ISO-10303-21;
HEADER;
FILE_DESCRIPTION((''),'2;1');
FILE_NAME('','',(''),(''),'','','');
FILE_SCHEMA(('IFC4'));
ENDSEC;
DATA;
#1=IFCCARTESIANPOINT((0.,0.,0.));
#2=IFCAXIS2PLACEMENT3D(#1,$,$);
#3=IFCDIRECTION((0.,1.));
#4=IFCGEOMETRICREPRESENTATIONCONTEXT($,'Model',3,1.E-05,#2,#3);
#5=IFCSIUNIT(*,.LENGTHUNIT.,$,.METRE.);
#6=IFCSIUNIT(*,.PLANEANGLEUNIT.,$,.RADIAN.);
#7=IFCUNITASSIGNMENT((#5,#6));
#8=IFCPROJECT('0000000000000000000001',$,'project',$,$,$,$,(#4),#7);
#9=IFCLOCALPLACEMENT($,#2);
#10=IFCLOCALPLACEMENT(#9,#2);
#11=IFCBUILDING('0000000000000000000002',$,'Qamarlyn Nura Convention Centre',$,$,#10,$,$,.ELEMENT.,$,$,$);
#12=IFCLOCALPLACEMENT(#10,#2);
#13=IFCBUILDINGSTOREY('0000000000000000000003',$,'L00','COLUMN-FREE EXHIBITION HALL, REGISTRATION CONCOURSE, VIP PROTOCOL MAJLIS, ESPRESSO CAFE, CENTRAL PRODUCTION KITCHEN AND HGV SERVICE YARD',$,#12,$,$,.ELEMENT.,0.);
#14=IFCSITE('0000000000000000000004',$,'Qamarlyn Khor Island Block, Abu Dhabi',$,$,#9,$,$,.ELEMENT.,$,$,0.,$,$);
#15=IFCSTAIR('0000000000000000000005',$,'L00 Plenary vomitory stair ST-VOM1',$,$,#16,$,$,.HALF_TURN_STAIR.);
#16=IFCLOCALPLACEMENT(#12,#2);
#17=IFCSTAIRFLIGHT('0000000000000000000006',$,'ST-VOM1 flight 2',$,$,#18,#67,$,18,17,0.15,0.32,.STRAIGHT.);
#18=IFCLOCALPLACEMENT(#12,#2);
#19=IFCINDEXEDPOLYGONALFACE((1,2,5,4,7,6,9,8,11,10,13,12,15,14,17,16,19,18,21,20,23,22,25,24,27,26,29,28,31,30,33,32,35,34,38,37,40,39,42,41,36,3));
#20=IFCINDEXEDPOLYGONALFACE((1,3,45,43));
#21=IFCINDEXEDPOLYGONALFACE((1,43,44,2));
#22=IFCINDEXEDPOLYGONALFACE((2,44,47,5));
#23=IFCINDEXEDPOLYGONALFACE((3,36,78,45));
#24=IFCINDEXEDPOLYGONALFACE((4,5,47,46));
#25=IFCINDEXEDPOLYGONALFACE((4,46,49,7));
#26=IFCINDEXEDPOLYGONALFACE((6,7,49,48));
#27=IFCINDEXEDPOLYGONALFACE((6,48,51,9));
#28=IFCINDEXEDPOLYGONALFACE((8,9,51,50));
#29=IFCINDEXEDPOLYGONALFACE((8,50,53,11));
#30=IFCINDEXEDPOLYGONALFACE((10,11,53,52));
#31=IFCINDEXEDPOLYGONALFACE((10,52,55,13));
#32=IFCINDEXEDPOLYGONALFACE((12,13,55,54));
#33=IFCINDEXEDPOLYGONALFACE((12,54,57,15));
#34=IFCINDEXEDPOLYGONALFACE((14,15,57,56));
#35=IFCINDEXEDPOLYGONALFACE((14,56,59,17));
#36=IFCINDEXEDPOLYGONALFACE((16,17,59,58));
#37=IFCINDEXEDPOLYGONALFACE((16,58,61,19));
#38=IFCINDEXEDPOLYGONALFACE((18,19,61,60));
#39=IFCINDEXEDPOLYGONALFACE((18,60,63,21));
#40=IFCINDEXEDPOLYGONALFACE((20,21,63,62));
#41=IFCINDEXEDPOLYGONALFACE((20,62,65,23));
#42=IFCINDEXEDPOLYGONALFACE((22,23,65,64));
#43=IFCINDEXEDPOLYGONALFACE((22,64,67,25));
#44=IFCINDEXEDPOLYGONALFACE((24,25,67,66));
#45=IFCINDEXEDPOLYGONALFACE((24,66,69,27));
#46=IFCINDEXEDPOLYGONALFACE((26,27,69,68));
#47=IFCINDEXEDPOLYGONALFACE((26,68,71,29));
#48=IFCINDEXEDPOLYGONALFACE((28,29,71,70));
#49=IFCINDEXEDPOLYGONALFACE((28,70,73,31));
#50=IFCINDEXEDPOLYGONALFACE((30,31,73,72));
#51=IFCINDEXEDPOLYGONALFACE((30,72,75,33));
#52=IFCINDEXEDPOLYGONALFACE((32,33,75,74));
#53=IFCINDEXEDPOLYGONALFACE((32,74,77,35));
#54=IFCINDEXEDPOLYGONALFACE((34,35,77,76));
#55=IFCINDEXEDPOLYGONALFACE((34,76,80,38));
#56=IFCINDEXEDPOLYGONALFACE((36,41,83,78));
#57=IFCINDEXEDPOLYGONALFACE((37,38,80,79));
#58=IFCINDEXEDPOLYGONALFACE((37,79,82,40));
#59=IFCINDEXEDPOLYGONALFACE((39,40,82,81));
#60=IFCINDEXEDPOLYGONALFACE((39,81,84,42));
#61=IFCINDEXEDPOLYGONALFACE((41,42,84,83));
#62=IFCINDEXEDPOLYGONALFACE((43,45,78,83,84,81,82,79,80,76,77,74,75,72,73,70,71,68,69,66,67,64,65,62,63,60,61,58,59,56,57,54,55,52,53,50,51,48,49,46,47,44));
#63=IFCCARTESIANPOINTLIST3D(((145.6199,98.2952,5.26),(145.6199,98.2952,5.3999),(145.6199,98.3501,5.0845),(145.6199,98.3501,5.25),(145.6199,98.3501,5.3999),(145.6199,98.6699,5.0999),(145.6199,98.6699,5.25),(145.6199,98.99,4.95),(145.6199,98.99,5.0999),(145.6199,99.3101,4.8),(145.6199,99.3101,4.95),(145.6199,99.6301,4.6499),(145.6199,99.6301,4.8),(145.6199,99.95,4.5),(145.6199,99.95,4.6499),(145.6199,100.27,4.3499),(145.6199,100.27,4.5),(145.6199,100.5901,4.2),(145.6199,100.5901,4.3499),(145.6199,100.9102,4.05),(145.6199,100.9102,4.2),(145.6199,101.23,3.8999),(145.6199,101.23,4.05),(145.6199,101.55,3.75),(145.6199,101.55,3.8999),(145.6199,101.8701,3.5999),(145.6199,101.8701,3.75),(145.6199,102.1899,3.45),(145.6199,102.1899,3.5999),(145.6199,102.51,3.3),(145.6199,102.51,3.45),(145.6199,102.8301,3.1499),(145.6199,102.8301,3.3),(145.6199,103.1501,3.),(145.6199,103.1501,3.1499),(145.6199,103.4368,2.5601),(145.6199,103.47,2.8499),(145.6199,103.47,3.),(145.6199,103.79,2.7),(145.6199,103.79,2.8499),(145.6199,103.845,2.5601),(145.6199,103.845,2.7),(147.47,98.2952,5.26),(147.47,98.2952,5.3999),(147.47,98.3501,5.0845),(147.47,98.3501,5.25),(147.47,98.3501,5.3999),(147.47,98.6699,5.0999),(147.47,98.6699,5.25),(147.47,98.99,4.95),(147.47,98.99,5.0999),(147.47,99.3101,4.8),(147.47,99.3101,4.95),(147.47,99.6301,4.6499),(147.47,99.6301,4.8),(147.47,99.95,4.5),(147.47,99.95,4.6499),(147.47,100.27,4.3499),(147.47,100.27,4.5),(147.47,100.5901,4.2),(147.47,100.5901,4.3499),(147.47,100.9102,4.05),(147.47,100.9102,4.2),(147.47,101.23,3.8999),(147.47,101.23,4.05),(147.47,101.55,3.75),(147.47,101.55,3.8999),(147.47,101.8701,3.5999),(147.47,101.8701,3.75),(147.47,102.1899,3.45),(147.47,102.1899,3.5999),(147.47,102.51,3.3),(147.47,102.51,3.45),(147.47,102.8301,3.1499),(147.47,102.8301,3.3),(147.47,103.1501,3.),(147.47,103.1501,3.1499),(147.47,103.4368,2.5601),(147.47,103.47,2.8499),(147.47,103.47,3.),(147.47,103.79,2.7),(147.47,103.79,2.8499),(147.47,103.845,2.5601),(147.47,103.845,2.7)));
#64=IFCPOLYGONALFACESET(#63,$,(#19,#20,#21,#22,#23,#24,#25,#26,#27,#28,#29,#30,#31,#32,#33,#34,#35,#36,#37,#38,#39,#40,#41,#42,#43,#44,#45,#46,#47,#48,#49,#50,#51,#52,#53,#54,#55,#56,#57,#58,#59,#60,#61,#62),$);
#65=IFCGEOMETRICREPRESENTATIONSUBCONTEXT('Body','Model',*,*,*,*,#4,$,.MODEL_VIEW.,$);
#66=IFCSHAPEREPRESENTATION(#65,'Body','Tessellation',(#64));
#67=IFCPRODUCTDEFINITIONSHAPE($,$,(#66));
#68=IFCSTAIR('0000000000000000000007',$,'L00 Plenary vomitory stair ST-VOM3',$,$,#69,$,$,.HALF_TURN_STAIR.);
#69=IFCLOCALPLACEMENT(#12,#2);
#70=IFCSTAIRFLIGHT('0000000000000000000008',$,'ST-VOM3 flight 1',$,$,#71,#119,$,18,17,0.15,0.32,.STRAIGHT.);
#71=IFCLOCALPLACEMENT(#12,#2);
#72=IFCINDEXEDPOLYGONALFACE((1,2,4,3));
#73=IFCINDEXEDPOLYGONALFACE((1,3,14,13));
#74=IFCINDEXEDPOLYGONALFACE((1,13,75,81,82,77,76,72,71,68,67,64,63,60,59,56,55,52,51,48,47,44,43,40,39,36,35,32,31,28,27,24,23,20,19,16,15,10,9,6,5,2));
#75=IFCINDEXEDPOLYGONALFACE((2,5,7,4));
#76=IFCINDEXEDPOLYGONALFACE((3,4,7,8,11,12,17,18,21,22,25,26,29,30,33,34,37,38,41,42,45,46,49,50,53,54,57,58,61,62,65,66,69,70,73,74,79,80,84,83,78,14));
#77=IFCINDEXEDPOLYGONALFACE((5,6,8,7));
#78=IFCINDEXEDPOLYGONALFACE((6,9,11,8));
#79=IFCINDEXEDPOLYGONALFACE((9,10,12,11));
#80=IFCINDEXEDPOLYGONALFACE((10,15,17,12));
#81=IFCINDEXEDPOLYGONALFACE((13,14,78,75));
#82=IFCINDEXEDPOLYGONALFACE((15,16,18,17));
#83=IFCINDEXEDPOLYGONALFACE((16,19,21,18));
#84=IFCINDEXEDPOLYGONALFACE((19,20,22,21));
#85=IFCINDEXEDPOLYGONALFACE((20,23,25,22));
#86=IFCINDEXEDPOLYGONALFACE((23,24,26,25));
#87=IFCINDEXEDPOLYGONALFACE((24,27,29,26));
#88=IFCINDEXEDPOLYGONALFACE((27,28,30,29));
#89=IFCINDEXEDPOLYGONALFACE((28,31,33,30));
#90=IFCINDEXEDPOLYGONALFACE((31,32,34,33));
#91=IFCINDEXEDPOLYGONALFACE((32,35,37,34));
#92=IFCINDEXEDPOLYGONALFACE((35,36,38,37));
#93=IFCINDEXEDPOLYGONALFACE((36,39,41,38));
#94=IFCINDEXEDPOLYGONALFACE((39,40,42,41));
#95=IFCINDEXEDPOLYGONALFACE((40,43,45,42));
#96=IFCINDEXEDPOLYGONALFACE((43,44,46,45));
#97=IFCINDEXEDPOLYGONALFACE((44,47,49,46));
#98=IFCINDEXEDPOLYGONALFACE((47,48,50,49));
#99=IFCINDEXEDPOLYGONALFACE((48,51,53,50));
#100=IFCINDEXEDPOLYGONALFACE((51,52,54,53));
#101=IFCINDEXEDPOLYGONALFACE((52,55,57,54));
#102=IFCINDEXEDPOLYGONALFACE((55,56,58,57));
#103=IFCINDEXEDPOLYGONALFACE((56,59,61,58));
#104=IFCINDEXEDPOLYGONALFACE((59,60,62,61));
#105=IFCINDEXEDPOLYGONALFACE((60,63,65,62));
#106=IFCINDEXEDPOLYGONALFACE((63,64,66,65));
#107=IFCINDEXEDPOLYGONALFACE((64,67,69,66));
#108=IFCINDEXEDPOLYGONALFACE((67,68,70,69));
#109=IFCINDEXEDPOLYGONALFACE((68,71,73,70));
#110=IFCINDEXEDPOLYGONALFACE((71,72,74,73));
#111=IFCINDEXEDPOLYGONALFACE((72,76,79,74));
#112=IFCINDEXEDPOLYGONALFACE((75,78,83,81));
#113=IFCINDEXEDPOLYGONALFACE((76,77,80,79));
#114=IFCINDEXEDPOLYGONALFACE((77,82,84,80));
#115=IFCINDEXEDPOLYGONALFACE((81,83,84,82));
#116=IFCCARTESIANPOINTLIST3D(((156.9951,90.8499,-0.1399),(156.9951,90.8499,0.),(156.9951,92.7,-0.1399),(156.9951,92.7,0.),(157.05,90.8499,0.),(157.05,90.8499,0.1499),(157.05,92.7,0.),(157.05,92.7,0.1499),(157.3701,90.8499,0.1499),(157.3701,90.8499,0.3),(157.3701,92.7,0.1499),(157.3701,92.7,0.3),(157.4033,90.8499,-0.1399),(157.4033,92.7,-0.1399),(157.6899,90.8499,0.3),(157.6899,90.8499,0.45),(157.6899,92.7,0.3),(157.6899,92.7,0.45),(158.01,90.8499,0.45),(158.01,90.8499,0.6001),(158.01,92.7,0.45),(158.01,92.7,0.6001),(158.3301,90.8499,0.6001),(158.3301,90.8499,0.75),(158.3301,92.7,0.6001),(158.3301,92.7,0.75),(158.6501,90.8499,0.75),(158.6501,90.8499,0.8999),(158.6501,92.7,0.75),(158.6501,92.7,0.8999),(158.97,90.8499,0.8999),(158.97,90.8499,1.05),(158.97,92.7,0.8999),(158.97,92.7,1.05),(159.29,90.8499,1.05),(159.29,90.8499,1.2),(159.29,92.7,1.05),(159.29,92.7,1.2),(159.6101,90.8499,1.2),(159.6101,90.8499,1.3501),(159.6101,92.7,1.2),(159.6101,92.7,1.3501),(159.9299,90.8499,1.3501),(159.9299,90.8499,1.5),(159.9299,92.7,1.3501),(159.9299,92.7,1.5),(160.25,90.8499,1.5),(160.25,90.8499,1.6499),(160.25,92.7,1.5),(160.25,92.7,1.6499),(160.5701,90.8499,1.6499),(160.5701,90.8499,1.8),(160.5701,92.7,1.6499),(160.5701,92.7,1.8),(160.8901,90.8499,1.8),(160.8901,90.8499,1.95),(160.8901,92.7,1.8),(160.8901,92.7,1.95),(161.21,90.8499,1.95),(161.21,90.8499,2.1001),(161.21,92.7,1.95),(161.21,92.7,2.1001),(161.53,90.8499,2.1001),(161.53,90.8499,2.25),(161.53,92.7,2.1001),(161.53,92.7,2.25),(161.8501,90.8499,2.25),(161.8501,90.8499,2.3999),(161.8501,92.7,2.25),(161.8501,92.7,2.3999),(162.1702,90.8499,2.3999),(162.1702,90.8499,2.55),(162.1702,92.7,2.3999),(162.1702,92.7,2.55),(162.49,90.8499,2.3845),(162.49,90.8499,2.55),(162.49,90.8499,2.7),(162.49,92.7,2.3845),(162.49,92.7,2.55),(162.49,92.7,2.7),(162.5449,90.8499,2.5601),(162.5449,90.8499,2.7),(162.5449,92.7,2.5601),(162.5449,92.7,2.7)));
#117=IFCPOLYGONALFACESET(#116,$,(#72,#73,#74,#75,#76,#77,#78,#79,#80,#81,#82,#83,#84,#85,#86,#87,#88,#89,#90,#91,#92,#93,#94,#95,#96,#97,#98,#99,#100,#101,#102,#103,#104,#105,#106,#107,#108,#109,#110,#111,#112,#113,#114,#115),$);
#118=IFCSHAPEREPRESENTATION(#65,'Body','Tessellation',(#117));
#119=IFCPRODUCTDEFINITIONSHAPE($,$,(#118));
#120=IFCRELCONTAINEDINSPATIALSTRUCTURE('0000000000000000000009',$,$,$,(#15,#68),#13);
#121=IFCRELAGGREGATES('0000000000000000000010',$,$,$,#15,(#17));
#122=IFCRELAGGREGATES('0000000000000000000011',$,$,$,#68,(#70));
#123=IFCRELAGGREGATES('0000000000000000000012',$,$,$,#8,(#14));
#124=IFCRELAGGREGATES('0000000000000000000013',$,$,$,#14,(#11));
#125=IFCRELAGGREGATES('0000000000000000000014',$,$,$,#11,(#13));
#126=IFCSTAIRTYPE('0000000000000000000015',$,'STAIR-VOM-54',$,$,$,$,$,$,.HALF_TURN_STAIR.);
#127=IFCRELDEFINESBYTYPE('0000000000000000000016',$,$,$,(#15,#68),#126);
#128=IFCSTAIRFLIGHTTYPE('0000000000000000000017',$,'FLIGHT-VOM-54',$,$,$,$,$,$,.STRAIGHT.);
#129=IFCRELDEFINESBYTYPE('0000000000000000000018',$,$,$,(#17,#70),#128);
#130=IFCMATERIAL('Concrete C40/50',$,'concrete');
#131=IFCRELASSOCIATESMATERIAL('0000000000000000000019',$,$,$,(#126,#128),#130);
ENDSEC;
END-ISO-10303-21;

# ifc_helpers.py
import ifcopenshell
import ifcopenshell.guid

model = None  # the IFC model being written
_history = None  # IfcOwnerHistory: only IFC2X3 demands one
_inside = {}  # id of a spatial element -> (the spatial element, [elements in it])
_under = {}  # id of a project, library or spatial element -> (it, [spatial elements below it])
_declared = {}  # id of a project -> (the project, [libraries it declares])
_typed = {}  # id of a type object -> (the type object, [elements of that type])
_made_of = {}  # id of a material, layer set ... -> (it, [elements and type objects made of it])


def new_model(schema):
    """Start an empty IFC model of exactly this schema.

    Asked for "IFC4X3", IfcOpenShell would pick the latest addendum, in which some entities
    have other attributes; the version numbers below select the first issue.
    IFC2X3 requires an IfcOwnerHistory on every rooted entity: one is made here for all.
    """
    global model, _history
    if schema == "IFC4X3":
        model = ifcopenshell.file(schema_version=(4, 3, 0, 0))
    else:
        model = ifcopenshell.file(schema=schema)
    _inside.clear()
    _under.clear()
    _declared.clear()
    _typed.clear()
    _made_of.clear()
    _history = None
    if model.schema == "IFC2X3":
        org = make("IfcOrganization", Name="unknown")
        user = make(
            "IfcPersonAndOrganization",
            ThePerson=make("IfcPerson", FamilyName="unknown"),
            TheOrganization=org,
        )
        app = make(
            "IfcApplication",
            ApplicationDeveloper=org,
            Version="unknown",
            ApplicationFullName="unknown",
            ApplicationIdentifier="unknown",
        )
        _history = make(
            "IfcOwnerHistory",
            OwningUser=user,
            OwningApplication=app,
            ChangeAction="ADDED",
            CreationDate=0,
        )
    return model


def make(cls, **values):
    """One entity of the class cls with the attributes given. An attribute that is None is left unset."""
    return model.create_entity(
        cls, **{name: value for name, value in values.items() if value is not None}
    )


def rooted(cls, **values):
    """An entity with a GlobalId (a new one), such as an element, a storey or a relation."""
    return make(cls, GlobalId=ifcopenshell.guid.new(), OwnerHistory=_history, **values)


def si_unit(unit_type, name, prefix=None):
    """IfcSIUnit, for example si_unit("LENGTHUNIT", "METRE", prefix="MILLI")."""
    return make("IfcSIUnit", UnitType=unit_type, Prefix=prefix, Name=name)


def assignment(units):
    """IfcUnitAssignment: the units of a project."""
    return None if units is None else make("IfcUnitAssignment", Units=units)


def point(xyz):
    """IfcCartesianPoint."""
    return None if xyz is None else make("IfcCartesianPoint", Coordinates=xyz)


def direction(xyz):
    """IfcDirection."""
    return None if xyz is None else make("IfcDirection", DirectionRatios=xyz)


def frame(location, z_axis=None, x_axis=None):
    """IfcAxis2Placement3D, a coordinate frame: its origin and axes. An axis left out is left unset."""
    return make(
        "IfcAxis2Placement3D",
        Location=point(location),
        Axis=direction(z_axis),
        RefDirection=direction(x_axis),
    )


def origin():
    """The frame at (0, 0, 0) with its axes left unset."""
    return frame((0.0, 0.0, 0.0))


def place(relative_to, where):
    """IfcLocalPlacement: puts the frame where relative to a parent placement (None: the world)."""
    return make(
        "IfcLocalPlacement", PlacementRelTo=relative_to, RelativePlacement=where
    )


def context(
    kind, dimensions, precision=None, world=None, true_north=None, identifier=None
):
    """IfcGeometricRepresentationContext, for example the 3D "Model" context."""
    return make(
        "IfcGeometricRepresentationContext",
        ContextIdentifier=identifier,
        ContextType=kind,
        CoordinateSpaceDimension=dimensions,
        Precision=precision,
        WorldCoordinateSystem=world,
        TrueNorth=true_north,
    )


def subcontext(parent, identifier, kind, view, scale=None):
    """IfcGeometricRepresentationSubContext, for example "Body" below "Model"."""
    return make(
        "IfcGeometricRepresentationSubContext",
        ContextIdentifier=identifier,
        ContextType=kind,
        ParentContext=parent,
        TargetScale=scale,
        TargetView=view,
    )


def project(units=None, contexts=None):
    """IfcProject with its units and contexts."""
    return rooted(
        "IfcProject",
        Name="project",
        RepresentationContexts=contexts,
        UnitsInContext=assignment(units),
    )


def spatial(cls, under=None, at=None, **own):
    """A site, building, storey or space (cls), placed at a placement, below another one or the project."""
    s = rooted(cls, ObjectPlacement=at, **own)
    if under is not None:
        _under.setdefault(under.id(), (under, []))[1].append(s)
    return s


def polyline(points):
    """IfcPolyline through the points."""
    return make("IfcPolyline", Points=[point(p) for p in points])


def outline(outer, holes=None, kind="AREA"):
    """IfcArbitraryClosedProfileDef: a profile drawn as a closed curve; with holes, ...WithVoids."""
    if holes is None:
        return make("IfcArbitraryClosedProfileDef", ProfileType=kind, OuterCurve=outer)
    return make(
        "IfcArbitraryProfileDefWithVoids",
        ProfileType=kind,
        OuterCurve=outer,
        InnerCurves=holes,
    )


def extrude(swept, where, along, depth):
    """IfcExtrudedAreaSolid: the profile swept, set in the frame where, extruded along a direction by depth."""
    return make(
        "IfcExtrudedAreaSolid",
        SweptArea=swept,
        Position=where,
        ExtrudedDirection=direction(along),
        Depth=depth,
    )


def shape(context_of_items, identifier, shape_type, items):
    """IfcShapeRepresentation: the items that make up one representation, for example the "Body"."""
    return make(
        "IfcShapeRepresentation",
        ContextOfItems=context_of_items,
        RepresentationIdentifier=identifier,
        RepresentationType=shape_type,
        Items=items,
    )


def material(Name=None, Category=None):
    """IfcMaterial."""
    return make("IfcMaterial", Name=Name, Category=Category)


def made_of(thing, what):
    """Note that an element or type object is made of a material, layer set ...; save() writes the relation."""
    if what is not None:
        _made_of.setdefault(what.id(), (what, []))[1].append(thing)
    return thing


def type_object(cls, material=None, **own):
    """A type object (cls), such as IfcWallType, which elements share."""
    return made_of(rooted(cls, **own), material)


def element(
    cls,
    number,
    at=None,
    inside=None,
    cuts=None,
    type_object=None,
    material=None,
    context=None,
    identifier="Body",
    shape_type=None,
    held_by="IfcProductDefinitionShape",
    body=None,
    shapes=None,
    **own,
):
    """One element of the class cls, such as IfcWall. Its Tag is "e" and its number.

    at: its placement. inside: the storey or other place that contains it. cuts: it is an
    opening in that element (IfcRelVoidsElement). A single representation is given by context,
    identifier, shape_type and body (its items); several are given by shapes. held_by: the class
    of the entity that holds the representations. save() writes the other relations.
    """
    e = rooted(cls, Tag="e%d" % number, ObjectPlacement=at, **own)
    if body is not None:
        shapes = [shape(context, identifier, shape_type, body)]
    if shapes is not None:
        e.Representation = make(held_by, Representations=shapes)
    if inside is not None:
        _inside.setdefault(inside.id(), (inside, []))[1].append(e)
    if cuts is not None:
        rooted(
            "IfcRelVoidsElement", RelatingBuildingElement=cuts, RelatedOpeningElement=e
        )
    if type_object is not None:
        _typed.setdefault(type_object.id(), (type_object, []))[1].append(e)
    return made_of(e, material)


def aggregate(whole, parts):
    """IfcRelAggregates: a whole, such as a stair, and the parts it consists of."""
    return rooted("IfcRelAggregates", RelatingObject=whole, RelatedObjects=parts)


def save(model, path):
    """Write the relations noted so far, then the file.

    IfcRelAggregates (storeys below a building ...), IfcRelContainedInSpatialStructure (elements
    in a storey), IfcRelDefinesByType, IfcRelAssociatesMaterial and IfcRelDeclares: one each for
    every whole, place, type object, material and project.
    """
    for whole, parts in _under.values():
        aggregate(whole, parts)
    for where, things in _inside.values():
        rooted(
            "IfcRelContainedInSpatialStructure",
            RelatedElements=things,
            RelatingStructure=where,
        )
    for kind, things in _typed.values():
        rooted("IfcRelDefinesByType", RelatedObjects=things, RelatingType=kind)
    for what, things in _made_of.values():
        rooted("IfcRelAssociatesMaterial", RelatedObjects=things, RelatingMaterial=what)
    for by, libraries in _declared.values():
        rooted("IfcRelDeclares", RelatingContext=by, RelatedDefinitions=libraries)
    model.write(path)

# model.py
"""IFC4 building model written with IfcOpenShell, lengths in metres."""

from ifc_helpers import new_model, si_unit, direction, frame, origin, place, context, subcontext, project, spatial, polyline, outline, extrude, material, type_object, element, aggregate, save


model = new_model("IFC4")

# Units and contexts
model_context = context("Model", 3, precision=1e-05, world=origin(), true_north=direction((0.0, 1.0)))
body_context = subcontext(model_context, "Body", "Model", "MODEL_VIEW")
ifc_project = project(units=[si_unit("LENGTHUNIT", "METRE"), si_unit("PLANEANGLEUNIT", "RADIAN")], contexts=[model_context])

# Site, building, storey
site_placement = place(None, origin())
site = spatial("IfcSite", under=ifc_project, at=site_placement, Name="Qamarlyn Khor Island Block, Abu Dhabi", CompositionType="ELEMENT", RefElevation=0.0)
building_placement = place(site_placement, origin())
building = spatial("IfcBuilding", under=site, at=building_placement, Name="Qamarlyn Nura Convention Centre", CompositionType="ELEMENT")
storey_placement = place(building_placement, origin())
storey = spatial("IfcBuildingStorey", under=building, at=storey_placement, Name="L00", Description="COLUMN-FREE EXHIBITION HALL, REGISTRATION CONCOURSE, VIP PROTOCOL MAJLIS, ESPRESSO CAFE, CENTRAL PRODUCTION KITCHEN AND HGV SERVICE YARD", CompositionType="ELEMENT", Elevation=0.0)

# Shared definitions
ifc_material_1 = material(Name="Concrete C40/50", Category="concrete")

# Stair, stair flight
stair_type = type_object("IfcStairType", Name="STAIR-VOM-54", PredefinedType="HALF_TURN_STAIR", material=ifc_material_1)
stair_1_placement = place(storey_placement, origin())
stair_1 = element("IfcStair", 1, at=stair_1_placement, inside=storey, type_object=stair_type, Name="L00 Plenary vomitory stair ST-VOM1", PredefinedType="HALF_TURN_STAIR")
stair_flight_type = type_object("IfcStairFlightType", Name="FLIGHT-VOM-54", PredefinedType="STRAIGHT", material=ifc_material_1)
stair_flight_1_placement = place(storey_placement, frame((146.5449, 103.79, 2.7), z_axis=(0.0, 0.0, 1.0), x_axis=(0.0, -1.0, 0.0)))
stair_flight_1 = element("IfcStairFlight", 2, at=stair_flight_1_placement, type_object=stair_flight_type, Name="ST-VOM1 flight 2", NumberOfRisers=18, NumberOfTreads=17, PredefinedType="STRAIGHT", RiserHeight=0.15, TreadLength=0.32, context=body_context, shape_type="SweptSolid", body=[
    extrude(outline(polyline([(-0.0549, 0.0), (0.0, 0.0), (0.0, 0.1499), (0.3201, 0.1499), (0.3201, 0.3), (0.6399, 0.3), (0.6399, 0.45), (0.96, 0.45), (0.96, 0.6001), (1.28, 0.6001), (1.28, 0.75), (1.6001, 0.75), (1.6001, 0.8999), (1.9199, 0.8999), (1.9199, 1.05), (2.24, 1.05), (2.24, 1.2), (2.5601, 1.2), (2.5601, 1.3501), (2.8799, 1.3501), (2.8799, 1.5), (3.2, 1.5), (3.2, 1.6499), (3.52, 1.6499), (3.52, 1.8), (3.8401, 1.8), (3.8401, 1.95), (4.1599, 1.95), (4.1599, 2.1001), (4.48, 2.1001), (4.48, 2.25), (4.8, 2.25), (4.8, 2.3999), (5.1201, 2.3999), (5.1201, 2.55), (5.4399, 2.55), (5.4399, 2.7), (5.4949, 2.7), (5.4949, 2.5601), (5.4399, 2.3845), (0.3533, -0.1399), (-0.0549, -0.1399), (-0.0549, 0.0)])), frame((0.0, 0.925, 0.0), z_axis=(0.0, -1.0, 0.0), x_axis=(1.0, 0.0, 0.0)), (0.0, 0.0, 1.0), 1.8501),
])
aggregate(stair_1, [stair_flight_1])

# Stair, stair flight
stair_2_placement = place(storey_placement, origin())
stair_2 = element("IfcStair", 3, at=stair_2_placement, inside=storey, type_object=stair_type, Name="L00 Plenary vomitory stair ST-VOM3", PredefinedType="HALF_TURN_STAIR")
stair_flight_2_placement = place(storey_placement, frame((157.05, 91.7749, 0.0), z_axis=(0.0, 0.0, 1.0), x_axis=(1.0, 0.0, 0.0)))
stair_flight_2 = element("IfcStairFlight", 4, at=stair_flight_2_placement, type_object=stair_flight_type, Name="ST-VOM3 flight 1", NumberOfRisers=18, NumberOfTreads=17, PredefinedType="STRAIGHT", RiserHeight=0.15, TreadLength=0.32, context=body_context, shape_type="SweptSolid", body=[
    extrude(outline(polyline([(-0.0549, 0.0), (0.0, 0.0), (0.0, 0.1499), (0.3201, 0.1499), (0.3201, 0.3), (0.6399, 0.3), (0.6399, 0.45), (0.96, 0.45), (0.96, 0.6001), (1.28, 0.6001), (1.28, 0.75), (1.6001, 0.75), (1.6001, 0.8999), (1.9199, 0.8999), (1.9199, 1.05), (2.24, 1.05), (2.24, 1.2), (2.5601, 1.2), (2.5601, 1.3501), (2.8799, 1.3501), (2.8799, 1.5), (3.2, 1.5), (3.2, 1.6499), (3.52, 1.6499), (3.52, 1.8), (3.8401, 1.8), (3.8401, 1.95), (4.1599, 1.95), (4.1599, 2.1001), (4.48, 2.1001), (4.48, 2.25), (4.8, 2.25), (4.8, 2.3999), (5.1201, 2.3999), (5.1201, 2.55), (5.4399, 2.55), (5.4399, 2.7), (5.4949, 2.7), (5.4949, 2.5601), (5.4399, 2.3845), (0.3533, -0.1399), (-0.0549, -0.1399), (-0.0549, 0.0)])), frame((0.0, 0.925, 0.0), z_axis=(0.0, -1.0, 0.0), x_axis=(1.0, 0.0, 0.0)), (0.0, 0.0, 1.0), 1.8501),
])
aggregate(stair_2, [stair_flight_2])

save(model, "model.ifc")
